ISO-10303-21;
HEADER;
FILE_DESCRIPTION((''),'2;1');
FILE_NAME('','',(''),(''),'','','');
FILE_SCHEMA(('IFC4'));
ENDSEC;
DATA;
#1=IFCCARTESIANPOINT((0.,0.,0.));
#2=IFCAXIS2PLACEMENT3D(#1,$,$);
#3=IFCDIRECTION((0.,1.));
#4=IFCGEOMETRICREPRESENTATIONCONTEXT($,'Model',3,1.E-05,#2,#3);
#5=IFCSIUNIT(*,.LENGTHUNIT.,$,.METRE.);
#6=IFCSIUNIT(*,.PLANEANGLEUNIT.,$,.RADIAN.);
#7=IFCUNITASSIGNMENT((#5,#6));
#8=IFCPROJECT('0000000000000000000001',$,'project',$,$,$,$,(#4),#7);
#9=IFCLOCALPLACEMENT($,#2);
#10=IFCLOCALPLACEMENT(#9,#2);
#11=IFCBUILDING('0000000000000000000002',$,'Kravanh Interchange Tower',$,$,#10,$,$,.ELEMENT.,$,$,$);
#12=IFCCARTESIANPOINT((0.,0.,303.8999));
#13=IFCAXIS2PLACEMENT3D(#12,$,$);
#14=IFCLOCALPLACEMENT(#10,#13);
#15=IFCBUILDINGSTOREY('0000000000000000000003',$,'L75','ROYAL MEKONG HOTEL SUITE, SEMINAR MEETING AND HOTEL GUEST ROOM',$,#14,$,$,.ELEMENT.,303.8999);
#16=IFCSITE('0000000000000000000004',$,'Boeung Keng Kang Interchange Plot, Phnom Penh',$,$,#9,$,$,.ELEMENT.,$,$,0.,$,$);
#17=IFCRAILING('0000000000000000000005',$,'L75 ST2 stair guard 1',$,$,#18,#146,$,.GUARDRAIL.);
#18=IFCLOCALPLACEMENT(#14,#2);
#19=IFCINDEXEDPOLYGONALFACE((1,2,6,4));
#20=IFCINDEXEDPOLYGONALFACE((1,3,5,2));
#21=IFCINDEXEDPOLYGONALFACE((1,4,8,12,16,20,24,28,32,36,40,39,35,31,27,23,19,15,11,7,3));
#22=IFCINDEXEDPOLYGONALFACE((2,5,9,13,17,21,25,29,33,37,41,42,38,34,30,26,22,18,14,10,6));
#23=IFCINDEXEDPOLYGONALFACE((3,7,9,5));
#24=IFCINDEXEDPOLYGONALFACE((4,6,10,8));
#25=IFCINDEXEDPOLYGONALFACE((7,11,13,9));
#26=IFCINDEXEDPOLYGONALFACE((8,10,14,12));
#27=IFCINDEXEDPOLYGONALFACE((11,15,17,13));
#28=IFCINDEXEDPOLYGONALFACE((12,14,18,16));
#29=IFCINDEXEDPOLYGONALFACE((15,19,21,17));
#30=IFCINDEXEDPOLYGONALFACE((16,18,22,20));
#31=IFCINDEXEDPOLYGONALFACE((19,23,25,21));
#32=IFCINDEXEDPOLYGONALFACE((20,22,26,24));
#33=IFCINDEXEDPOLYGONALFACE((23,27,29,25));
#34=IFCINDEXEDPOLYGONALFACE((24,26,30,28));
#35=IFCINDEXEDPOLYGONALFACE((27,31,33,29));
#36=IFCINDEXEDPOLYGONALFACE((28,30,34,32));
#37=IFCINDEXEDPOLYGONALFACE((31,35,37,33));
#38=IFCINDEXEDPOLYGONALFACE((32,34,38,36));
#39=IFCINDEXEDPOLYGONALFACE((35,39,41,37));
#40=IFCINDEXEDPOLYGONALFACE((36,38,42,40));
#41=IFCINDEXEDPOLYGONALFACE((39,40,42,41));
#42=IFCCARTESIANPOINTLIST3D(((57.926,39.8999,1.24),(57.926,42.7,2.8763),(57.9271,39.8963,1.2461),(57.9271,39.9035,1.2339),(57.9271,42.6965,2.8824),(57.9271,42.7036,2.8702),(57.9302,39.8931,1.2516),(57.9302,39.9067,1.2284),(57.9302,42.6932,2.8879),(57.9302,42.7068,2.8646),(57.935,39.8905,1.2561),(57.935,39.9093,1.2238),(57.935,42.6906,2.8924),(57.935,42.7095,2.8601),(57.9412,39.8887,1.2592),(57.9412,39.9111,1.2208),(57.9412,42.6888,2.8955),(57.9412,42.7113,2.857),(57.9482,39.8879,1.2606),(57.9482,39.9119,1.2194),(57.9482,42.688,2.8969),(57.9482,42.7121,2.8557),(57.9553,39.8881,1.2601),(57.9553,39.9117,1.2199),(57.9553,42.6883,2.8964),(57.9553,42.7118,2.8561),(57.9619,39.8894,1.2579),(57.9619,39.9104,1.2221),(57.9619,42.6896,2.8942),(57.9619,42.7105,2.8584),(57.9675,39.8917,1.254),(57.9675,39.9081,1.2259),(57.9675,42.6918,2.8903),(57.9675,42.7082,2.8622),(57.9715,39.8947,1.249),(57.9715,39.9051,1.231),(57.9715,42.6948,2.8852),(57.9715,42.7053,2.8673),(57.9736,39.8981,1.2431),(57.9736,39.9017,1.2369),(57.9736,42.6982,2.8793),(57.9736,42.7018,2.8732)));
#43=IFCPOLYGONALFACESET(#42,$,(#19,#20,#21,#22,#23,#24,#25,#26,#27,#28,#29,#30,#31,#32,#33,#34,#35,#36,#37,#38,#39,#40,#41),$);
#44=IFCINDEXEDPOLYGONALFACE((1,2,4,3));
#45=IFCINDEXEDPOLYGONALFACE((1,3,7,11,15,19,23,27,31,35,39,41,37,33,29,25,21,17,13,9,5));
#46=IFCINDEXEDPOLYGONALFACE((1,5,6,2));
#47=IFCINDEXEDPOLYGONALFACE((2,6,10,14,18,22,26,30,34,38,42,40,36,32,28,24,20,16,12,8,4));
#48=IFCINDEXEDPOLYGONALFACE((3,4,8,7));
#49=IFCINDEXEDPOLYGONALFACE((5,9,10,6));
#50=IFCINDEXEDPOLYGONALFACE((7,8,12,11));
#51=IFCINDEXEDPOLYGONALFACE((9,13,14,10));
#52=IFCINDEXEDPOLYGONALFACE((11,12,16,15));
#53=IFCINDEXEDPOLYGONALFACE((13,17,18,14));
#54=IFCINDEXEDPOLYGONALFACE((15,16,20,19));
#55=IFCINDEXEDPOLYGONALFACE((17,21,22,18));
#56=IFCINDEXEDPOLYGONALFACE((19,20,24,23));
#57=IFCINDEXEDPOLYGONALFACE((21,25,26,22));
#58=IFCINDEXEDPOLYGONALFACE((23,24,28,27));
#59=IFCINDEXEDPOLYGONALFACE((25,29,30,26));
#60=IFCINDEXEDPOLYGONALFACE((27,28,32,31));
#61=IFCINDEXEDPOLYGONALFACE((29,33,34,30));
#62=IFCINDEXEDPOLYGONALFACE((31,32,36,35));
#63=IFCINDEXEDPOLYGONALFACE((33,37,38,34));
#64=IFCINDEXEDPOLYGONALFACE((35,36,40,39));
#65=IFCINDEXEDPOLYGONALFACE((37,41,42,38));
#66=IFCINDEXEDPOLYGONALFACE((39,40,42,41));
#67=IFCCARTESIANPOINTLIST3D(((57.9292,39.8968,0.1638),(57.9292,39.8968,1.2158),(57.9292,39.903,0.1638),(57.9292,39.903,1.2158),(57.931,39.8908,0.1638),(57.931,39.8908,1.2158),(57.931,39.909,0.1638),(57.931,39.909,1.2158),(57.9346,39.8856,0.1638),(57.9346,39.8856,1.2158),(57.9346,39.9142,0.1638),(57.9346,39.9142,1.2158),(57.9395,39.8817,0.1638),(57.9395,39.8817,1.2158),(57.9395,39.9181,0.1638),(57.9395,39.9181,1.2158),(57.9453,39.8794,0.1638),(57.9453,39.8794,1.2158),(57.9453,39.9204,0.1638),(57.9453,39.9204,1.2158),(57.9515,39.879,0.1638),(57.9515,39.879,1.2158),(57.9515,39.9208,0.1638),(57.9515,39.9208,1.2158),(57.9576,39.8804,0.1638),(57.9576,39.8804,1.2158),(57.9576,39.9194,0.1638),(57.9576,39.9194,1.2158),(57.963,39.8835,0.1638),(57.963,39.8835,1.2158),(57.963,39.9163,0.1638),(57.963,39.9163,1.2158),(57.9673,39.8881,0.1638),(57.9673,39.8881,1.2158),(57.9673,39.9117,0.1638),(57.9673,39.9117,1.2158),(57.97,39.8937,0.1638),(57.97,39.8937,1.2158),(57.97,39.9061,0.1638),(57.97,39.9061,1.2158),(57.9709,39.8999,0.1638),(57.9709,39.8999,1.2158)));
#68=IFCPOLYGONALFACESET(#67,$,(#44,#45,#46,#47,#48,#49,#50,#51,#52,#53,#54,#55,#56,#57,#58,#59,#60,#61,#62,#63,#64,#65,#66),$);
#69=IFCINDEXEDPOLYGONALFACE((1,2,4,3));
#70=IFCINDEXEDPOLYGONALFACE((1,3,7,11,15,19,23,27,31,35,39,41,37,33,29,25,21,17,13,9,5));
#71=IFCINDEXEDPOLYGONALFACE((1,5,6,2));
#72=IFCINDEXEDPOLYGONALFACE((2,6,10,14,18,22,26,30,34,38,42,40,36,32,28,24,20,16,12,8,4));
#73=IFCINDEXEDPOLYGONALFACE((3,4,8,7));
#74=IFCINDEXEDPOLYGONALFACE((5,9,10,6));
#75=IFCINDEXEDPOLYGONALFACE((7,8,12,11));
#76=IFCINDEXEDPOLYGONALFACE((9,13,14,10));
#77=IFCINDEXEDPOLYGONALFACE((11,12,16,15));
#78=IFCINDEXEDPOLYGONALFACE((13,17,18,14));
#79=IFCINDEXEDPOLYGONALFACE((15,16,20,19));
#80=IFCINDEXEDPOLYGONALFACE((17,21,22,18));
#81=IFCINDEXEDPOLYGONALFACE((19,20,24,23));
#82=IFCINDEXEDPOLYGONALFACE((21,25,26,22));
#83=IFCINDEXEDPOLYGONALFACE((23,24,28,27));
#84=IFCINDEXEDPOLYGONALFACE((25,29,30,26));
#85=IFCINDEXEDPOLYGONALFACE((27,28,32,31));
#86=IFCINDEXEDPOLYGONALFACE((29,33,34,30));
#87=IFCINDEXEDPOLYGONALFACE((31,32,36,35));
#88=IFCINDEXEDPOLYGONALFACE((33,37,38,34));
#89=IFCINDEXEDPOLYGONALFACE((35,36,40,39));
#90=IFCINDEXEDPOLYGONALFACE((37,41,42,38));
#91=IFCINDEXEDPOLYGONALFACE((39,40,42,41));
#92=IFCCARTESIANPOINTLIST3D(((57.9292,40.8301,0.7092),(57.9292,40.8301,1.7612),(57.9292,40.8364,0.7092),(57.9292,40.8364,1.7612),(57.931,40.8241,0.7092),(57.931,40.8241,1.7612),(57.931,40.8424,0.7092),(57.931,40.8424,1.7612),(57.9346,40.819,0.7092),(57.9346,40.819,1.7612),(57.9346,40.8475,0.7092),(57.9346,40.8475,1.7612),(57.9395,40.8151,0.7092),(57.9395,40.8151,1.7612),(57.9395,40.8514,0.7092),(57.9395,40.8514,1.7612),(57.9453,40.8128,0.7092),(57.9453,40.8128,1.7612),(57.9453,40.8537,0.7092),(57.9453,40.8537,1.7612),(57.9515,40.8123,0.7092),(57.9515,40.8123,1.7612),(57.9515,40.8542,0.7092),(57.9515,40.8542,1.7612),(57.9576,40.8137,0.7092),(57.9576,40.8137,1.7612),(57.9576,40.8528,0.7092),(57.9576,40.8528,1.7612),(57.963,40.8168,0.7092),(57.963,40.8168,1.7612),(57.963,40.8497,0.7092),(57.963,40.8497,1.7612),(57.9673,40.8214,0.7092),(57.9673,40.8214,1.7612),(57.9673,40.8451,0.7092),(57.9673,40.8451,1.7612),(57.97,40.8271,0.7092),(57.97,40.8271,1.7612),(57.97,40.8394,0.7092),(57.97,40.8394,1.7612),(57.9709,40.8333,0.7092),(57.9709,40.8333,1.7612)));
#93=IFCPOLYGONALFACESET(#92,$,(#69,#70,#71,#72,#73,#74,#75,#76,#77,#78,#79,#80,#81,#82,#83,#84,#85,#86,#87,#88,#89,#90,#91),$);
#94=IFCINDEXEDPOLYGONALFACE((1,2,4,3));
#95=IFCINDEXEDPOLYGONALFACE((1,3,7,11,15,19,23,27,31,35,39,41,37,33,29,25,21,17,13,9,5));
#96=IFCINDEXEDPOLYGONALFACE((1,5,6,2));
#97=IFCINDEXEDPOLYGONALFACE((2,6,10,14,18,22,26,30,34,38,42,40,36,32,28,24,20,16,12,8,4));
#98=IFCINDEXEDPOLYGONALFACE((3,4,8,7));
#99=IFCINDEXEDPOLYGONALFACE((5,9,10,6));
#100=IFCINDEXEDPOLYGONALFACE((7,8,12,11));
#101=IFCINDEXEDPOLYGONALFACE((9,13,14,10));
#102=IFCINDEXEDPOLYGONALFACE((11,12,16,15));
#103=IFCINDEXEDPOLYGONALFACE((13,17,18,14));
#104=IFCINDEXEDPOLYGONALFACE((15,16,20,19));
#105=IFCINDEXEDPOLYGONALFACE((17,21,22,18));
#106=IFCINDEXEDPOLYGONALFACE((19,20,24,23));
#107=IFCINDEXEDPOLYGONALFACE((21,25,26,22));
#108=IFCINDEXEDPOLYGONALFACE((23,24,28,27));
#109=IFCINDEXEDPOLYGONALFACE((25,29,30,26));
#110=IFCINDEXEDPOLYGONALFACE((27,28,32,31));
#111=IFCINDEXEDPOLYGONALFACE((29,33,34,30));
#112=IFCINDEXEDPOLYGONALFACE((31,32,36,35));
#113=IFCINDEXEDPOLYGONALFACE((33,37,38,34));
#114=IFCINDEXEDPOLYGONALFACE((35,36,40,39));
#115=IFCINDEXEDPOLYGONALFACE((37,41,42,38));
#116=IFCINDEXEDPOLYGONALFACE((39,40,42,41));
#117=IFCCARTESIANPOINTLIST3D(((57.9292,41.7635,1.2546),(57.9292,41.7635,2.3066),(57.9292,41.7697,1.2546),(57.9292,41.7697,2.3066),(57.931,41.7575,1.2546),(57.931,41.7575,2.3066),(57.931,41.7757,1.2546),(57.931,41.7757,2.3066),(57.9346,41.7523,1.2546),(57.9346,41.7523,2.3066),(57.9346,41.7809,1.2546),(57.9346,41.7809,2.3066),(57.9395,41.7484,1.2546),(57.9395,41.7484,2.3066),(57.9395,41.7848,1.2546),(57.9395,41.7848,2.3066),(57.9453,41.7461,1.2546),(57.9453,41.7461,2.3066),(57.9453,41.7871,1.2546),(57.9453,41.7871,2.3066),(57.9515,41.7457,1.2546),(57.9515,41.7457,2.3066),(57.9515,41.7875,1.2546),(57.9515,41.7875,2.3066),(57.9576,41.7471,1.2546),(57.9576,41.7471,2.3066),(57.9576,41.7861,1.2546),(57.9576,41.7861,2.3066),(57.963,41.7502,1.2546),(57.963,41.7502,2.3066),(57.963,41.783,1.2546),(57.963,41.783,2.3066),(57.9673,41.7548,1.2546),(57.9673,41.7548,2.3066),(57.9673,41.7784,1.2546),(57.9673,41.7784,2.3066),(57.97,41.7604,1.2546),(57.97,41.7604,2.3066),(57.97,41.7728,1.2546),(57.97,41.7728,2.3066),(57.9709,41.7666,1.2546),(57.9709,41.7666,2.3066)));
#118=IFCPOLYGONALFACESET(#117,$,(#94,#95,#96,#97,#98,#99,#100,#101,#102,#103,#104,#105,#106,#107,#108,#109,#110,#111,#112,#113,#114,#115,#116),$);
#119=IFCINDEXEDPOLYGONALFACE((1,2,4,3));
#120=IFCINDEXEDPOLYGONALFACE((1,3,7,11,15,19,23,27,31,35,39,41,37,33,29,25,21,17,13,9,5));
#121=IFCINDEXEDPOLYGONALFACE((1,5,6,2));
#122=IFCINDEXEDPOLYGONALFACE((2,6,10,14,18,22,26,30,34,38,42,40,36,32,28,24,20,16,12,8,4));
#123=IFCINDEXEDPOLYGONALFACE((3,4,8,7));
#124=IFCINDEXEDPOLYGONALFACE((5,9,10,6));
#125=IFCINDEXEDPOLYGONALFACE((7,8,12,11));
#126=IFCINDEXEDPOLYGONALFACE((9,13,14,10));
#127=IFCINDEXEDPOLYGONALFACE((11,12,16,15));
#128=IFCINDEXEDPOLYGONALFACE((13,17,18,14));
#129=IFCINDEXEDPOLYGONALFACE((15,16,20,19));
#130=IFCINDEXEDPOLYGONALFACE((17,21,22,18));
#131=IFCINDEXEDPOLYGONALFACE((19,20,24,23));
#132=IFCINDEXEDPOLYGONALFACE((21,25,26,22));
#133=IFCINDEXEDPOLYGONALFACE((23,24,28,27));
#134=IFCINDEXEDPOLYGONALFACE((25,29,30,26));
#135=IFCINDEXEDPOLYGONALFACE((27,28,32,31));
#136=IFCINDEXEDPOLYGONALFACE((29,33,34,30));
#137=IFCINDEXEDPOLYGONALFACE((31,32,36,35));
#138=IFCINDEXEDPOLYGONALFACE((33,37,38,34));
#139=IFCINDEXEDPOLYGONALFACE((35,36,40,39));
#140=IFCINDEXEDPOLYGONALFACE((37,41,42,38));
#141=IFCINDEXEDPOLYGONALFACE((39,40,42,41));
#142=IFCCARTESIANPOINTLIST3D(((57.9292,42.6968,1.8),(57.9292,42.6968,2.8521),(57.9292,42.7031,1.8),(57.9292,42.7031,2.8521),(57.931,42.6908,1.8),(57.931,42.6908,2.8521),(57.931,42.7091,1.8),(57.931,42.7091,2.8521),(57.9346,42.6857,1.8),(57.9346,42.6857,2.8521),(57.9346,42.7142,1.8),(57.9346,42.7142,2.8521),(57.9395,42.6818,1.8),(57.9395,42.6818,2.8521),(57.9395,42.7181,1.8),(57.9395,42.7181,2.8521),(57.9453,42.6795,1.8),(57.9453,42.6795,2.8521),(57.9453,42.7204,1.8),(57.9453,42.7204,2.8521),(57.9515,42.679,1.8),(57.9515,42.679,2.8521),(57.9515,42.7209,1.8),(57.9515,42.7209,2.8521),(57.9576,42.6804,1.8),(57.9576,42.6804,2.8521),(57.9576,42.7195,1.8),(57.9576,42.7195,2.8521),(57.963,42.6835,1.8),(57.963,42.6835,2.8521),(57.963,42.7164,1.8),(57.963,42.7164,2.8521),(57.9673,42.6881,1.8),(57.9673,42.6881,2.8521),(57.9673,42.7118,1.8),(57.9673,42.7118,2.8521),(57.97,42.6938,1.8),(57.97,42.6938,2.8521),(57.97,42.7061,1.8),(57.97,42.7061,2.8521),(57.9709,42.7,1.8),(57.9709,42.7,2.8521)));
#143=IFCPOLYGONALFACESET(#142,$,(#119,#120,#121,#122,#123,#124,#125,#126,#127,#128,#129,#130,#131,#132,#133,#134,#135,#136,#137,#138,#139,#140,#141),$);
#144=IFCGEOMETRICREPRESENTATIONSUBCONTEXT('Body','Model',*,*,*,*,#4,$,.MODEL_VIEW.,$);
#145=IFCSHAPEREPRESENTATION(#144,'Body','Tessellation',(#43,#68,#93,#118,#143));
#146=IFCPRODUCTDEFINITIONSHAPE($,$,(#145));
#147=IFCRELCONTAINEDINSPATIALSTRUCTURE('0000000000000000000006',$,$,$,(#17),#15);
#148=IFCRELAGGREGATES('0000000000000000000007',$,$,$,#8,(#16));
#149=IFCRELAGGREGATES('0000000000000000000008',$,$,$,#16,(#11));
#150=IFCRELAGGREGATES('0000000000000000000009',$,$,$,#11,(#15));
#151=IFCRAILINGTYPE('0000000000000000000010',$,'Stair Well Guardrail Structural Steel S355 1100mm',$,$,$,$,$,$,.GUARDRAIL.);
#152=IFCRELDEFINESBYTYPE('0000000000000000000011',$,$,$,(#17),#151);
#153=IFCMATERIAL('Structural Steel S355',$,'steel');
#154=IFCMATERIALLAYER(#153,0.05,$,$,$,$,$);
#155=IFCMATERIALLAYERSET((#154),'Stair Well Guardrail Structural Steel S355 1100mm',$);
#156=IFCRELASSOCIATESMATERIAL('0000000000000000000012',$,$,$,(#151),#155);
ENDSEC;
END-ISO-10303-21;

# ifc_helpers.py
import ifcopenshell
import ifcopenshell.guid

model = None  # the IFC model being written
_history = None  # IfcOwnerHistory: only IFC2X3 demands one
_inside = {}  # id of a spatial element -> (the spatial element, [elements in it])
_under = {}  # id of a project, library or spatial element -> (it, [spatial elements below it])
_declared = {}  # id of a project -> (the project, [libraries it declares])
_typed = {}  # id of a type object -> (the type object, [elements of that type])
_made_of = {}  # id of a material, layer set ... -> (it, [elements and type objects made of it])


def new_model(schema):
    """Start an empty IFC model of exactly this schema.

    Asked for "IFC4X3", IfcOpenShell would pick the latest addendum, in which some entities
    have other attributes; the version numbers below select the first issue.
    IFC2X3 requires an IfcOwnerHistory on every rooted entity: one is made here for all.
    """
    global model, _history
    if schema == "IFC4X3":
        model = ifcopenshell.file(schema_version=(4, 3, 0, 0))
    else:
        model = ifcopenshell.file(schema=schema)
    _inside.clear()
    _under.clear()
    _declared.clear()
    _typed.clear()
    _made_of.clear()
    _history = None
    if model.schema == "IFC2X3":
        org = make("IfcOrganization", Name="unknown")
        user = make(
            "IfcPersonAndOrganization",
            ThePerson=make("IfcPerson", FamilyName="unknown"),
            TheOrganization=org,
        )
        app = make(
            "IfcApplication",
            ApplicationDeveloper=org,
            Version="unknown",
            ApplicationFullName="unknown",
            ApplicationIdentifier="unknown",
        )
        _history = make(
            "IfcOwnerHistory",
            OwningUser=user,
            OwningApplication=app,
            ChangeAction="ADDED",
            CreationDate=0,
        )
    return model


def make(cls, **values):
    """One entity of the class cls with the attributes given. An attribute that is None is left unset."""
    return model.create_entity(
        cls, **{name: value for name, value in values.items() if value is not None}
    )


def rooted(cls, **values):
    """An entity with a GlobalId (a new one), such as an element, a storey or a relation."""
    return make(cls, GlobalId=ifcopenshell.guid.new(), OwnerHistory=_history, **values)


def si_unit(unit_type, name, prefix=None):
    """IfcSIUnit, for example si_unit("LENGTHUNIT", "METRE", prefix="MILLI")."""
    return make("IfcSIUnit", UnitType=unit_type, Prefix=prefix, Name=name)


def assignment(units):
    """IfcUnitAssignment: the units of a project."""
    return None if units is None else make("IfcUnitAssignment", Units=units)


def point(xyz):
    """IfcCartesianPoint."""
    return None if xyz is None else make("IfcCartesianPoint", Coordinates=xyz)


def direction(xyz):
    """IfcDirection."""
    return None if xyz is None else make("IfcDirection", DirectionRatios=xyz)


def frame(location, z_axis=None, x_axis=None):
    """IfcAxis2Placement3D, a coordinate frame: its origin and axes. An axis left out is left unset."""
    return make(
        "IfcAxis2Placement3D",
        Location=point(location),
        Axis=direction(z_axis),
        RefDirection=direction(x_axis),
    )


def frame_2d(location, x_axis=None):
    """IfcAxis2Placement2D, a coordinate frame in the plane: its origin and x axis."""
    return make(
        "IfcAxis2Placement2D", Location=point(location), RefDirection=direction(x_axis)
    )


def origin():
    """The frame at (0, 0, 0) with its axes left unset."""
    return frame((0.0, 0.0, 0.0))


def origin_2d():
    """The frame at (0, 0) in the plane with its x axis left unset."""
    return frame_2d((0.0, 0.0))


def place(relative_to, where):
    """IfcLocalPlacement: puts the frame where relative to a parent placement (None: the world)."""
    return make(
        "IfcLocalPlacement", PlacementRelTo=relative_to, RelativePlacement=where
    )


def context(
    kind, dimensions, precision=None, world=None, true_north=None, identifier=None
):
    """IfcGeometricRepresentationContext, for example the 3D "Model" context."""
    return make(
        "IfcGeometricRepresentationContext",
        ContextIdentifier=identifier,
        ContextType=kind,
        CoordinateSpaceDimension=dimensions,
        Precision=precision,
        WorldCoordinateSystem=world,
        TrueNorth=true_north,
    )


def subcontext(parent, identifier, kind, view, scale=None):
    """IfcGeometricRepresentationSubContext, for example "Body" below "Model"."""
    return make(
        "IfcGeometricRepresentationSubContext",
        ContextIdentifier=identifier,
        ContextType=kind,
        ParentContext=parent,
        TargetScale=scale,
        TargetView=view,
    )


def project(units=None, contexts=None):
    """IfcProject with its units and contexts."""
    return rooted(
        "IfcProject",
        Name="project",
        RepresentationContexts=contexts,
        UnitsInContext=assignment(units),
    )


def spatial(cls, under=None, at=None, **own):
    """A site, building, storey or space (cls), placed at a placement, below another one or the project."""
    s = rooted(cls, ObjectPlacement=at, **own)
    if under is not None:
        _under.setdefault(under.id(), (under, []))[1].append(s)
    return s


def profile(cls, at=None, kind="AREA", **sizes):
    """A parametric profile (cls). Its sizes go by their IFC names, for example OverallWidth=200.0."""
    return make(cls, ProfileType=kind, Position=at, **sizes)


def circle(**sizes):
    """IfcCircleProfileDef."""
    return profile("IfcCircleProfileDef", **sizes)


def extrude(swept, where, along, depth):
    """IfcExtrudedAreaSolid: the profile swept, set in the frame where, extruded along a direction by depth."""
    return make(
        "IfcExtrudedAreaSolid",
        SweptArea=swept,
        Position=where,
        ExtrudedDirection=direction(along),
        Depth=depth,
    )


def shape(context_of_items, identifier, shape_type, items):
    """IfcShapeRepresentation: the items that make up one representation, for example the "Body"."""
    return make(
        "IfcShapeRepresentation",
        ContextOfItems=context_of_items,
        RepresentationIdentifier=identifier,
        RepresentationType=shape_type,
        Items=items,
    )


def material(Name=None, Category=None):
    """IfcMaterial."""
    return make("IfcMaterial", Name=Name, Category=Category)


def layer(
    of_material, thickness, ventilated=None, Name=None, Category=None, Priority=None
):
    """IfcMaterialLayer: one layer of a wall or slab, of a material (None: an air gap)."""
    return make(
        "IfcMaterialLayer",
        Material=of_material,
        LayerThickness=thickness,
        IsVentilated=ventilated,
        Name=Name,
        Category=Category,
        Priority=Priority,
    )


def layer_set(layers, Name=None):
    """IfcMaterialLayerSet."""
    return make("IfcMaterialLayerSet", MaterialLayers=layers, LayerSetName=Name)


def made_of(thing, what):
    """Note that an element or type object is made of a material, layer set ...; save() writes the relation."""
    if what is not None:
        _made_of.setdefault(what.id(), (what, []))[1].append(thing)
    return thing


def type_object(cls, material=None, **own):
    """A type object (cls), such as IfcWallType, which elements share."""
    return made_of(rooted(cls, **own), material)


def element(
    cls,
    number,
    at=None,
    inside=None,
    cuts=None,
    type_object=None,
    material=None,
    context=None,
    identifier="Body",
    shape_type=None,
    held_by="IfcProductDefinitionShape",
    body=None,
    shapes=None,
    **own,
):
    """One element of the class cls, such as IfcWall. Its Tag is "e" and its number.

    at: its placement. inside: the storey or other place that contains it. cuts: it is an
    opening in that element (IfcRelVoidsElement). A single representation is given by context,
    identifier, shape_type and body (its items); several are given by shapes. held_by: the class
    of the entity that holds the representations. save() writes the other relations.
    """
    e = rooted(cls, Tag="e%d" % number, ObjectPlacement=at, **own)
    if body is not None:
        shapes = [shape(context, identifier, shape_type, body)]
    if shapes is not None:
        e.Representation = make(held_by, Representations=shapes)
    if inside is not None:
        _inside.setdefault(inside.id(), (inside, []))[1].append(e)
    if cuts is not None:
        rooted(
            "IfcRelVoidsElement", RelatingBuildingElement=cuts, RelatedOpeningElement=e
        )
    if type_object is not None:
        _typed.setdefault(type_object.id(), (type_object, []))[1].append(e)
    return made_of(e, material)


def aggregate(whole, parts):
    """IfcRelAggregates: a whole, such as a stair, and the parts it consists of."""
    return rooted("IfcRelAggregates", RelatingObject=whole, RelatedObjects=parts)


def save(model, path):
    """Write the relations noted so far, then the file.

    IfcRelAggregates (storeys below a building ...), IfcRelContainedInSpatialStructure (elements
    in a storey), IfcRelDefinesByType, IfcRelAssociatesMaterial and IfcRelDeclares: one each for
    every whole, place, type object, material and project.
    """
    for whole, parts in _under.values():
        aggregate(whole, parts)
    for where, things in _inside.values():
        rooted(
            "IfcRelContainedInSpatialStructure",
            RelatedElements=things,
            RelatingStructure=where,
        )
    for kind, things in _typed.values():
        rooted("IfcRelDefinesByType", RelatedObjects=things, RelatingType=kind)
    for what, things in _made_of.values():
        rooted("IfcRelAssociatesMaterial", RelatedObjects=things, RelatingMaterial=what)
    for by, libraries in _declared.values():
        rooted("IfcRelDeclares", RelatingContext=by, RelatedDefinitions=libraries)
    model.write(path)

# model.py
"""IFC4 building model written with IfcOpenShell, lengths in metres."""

from ifc_helpers import new_model, si_unit, direction, frame, origin, origin_2d, place, context, subcontext, project, spatial, circle, extrude, material, layer, layer_set, type_object, element, save


model = new_model("IFC4")

# Units and contexts
model_context = context("Model", 3, precision=1e-05, world=origin(), true_north=direction((0.0, 1.0)))
body_context = subcontext(model_context, "Body", "Model", "MODEL_VIEW")
ifc_project = project(units=[si_unit("LENGTHUNIT", "METRE"), si_unit("PLANEANGLEUNIT", "RADIAN")], contexts=[model_context])

# Site, building, storey
site_placement = place(None, origin())
site = spatial("IfcSite", under=ifc_project, at=site_placement, Name="Boeung Keng Kang Interchange Plot, Phnom Penh", CompositionType="ELEMENT", RefElevation=0.0)
building_placement = place(site_placement, origin())
building = spatial("IfcBuilding", under=site, at=building_placement, Name="Kravanh Interchange Tower", CompositionType="ELEMENT")
storey_placement = place(building_placement, frame((0.0, 0.0, 303.8999)))
storey = spatial("IfcBuildingStorey", under=building, at=storey_placement, Name="L75", Description="ROYAL MEKONG HOTEL SUITE, SEMINAR MEETING AND HOTEL GUEST ROOM", CompositionType="ELEMENT", Elevation=303.8999)

# Railing
ifc_material_1 = material(Name="Structural Steel S355", Category="steel")
ifc_layer_1 = layer(ifc_material_1, 0.05)
ifc_layer_set_1 = layer_set([ifc_layer_1], Name="Stair Well Guardrail Structural Steel S355 1100mm")
railing_type_1 = type_object("IfcRailingType", Name="Stair Well Guardrail Structural Steel S355 1100mm", PredefinedType="GUARDRAIL", material=ifc_layer_set_1)
railing_1_placement = place(storey_placement, frame((57.95, 39.8999, 0.1638)))
element("IfcRailing", 1, at=railing_1_placement, inside=storey, type_object=railing_type_1, Name="L75 ST2 stair guard 1", PredefinedType="GUARDRAIL", context=body_context, shape_type="SweptSolid", body=[
    extrude(circle(Radius=0.0239, at=origin_2d()), frame((0.0, 0.0, 1.0762), z_axis=(0.0, 0.863394, 0.504531), x_axis=(-1.0, 0.0, 0.0)), (0.0, 0.0, 1.0), 3.2432),
    extrude(circle(Radius=0.021, at=origin_2d()), origin(), (0.0, 0.0, 1.0), 1.052),
    extrude(circle(Radius=0.021, at=origin_2d()), frame((0.0, 0.9333, 0.5454)), (0.0, 0.0, 1.0), 1.052),
    extrude(circle(Radius=0.021, at=origin_2d()), frame((0.0, 1.8667, 1.0908)), (0.0, 0.0, 1.0), 1.052),
    extrude(circle(Radius=0.021, at=origin_2d()), frame((0.0, 2.8, 1.6362)), (0.0, 0.0, 1.0), 1.052),
])

save(model, "model.ifc")
